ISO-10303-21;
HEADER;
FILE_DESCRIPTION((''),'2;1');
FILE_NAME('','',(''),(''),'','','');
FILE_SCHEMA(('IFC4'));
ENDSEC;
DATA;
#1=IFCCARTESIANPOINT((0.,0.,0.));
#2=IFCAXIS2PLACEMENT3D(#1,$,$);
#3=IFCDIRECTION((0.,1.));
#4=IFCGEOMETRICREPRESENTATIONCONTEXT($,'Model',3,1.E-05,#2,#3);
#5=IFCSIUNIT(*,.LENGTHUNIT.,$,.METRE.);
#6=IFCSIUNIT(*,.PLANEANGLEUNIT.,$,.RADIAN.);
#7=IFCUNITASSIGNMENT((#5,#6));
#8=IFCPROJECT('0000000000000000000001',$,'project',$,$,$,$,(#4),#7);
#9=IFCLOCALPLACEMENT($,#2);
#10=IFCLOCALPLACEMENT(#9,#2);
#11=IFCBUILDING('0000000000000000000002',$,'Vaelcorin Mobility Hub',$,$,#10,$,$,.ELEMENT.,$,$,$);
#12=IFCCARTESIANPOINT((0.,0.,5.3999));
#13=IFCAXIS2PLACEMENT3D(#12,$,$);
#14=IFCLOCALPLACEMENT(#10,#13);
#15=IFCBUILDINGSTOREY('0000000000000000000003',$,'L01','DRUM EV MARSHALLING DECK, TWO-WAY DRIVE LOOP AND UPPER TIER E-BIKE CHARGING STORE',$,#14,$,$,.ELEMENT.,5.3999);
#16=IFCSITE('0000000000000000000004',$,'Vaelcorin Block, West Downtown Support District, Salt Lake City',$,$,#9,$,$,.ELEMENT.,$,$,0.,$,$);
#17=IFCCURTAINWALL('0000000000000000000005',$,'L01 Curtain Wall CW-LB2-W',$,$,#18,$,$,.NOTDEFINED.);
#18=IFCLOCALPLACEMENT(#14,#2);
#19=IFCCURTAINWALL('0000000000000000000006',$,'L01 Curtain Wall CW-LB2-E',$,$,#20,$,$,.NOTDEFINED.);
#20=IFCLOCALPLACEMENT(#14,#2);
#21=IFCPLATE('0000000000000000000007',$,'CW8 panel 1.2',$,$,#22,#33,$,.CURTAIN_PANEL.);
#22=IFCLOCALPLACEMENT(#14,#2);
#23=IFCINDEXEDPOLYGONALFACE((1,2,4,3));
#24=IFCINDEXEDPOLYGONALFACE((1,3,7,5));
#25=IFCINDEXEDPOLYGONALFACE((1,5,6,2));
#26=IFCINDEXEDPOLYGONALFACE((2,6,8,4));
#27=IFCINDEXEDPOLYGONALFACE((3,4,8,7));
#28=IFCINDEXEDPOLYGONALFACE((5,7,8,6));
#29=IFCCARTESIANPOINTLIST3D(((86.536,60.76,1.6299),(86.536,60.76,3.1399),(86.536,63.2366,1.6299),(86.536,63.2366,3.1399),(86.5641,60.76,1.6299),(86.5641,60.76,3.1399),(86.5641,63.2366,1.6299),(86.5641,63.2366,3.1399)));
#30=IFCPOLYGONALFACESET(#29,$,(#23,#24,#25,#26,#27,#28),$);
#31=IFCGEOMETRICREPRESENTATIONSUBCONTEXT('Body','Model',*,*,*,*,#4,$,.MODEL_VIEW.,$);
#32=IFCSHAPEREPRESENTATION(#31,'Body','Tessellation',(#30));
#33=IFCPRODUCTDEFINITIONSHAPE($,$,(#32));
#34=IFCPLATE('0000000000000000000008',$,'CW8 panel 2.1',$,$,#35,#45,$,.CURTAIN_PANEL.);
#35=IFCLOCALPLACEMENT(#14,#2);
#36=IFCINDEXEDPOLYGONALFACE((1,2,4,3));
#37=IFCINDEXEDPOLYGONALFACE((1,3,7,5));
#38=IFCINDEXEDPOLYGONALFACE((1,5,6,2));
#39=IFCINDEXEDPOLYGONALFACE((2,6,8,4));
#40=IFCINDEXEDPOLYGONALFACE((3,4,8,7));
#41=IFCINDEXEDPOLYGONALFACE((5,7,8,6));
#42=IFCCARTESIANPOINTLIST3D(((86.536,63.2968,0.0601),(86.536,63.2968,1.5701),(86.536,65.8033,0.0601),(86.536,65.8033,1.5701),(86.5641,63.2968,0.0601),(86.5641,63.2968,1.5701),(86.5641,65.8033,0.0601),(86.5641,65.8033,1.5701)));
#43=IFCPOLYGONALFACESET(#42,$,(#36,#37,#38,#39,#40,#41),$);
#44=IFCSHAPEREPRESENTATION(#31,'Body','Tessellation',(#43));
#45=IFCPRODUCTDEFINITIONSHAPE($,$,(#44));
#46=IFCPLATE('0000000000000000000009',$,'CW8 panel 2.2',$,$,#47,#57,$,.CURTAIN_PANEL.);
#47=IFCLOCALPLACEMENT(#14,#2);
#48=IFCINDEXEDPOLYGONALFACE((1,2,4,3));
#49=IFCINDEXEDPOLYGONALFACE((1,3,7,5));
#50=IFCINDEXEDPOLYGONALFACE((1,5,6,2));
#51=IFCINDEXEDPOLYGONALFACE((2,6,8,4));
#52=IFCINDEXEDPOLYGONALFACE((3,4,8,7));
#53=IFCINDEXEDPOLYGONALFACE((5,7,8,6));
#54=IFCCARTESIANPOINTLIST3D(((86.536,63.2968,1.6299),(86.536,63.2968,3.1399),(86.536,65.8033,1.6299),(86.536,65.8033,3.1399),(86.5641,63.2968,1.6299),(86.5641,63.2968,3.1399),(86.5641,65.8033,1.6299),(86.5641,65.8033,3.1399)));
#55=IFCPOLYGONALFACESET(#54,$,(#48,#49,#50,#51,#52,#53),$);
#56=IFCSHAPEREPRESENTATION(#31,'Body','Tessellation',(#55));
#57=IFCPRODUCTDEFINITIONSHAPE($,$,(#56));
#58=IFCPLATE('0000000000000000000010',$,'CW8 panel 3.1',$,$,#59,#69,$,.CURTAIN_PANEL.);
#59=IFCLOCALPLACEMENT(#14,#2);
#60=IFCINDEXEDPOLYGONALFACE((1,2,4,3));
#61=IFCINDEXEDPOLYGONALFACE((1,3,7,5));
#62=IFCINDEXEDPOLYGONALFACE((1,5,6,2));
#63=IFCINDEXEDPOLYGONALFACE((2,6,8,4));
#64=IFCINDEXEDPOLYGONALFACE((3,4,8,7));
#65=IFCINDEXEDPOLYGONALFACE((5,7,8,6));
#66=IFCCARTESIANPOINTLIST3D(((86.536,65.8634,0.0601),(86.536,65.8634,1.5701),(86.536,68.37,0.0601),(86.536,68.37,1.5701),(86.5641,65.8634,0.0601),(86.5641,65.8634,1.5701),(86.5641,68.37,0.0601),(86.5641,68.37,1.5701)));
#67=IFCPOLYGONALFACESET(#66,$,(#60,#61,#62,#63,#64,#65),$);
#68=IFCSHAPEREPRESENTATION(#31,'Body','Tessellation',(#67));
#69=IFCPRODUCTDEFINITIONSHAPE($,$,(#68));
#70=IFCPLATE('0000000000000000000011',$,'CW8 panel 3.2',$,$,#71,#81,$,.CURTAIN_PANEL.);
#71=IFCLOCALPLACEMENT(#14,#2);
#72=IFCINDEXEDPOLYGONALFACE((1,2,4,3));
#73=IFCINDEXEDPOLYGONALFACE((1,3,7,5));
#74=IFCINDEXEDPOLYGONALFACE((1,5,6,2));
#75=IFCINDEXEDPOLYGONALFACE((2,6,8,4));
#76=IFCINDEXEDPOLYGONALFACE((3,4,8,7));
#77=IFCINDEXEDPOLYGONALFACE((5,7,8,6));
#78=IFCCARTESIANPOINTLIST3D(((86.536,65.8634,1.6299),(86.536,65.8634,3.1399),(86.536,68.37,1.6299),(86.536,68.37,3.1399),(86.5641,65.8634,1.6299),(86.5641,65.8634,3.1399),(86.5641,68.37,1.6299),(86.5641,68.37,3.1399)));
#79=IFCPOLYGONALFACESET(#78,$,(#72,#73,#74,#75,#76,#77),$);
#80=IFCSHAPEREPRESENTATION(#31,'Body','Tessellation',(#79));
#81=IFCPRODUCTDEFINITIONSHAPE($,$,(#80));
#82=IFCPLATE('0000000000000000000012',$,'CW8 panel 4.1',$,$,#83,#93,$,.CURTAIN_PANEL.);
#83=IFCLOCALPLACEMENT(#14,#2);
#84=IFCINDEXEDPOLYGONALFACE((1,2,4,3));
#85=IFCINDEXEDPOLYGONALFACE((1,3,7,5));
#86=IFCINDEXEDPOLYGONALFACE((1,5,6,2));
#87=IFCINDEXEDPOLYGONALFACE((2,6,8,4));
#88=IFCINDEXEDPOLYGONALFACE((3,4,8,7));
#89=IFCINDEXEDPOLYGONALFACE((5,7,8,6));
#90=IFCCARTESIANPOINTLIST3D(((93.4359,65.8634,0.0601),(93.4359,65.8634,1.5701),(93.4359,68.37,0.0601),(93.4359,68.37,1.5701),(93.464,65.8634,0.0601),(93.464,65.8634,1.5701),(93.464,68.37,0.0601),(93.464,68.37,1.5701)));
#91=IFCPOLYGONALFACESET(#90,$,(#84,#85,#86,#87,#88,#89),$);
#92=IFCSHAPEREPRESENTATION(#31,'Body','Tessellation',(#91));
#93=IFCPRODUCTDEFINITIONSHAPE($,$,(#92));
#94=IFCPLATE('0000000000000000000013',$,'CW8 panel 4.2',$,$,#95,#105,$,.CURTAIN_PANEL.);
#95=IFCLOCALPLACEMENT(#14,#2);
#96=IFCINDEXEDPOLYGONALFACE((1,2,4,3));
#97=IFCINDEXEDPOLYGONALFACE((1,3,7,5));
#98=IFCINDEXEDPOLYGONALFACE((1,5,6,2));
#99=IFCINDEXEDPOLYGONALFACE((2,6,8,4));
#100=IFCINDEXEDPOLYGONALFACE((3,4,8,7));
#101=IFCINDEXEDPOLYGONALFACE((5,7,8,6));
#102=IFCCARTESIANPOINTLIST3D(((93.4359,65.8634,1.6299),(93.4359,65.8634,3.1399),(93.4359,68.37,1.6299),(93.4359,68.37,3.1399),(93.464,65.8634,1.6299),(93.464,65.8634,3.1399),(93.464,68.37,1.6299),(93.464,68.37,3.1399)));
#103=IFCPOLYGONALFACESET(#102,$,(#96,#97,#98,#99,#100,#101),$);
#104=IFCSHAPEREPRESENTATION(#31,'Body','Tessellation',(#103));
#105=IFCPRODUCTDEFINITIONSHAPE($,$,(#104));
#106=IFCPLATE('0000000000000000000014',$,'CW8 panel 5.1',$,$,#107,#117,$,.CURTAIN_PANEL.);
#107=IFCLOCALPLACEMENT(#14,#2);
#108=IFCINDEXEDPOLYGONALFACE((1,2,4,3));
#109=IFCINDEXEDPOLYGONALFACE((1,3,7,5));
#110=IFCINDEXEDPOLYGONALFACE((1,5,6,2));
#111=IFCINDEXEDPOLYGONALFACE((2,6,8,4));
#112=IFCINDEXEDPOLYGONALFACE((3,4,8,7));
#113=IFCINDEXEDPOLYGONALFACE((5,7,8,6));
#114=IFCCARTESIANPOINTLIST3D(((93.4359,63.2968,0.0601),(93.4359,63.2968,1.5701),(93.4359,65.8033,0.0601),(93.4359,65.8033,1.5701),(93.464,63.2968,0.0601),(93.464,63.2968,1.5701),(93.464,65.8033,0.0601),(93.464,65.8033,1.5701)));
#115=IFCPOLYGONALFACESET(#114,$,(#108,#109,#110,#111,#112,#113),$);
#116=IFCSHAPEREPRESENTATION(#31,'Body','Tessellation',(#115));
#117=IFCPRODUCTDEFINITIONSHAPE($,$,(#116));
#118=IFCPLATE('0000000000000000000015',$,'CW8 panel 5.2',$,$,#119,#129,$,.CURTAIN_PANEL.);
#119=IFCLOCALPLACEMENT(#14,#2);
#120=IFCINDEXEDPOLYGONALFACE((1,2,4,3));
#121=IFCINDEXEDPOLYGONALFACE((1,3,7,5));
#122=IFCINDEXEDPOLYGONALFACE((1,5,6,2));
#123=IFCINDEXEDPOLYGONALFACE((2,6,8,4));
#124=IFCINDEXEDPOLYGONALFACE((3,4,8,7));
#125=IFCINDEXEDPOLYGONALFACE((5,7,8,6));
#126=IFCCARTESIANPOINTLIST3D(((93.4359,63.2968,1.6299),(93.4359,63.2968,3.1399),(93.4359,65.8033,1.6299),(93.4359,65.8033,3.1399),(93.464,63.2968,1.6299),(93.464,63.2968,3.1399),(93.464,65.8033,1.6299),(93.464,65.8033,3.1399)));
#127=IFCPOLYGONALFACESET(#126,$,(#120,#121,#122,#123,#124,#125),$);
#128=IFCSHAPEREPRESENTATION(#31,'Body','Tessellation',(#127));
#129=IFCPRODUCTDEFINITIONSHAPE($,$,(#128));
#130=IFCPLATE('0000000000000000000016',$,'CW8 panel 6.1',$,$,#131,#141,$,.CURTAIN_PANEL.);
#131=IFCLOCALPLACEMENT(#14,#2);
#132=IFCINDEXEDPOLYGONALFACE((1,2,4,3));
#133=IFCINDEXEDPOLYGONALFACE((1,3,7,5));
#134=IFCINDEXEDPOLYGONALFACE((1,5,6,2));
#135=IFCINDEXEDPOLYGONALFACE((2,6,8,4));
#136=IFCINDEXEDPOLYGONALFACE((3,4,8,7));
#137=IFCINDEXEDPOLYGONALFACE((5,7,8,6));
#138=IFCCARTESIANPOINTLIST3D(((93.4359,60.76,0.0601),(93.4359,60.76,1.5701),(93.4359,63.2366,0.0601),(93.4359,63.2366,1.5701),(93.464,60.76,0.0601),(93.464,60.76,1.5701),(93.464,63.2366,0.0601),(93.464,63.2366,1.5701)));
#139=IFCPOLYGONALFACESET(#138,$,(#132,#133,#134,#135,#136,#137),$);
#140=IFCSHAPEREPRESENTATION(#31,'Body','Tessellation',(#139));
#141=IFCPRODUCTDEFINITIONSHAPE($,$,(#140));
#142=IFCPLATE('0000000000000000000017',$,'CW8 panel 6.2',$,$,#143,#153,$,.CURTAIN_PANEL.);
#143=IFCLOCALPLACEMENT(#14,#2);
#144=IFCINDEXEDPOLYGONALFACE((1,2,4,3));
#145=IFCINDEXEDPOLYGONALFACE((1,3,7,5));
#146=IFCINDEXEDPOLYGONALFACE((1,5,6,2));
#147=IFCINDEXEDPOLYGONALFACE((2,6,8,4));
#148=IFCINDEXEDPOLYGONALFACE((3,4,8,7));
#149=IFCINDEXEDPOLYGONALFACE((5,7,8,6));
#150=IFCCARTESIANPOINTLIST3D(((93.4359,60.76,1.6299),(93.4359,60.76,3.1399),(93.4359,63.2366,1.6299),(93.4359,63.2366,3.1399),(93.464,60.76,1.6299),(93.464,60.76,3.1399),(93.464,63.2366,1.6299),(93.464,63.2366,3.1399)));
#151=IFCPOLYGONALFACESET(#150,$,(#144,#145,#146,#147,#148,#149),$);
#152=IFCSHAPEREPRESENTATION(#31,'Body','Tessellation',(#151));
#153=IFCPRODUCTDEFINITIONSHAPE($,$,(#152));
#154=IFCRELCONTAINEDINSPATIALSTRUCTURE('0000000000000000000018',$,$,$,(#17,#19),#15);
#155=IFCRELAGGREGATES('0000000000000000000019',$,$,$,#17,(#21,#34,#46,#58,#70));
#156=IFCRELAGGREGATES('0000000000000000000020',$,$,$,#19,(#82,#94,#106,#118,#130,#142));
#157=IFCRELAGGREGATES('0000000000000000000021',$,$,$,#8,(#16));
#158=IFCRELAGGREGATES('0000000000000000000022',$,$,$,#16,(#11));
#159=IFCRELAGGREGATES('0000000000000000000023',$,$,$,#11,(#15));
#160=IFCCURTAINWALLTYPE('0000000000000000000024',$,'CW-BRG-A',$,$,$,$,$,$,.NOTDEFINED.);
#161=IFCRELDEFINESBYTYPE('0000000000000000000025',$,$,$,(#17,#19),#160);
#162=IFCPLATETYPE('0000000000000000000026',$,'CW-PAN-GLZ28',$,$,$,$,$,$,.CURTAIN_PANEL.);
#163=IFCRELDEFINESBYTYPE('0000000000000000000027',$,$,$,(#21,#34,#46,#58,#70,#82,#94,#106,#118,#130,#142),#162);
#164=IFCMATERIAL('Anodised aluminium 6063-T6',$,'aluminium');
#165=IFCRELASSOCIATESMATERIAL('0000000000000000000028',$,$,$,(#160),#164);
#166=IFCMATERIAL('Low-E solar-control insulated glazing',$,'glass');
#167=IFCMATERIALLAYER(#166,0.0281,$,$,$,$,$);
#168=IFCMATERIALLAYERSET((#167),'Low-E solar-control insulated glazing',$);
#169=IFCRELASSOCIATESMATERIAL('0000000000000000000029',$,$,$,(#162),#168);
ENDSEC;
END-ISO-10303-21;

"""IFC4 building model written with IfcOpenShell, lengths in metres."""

from ifc_helpers import new_model, si_unit, direction, frame, origin, origin_2d, place, context, subcontext, project, spatial, rectangle, extrude, material, layer, layer_set, type_object, element, aggregate, save


model = new_model("IFC4")

# Units and contexts
model_context = context("Model", 3, precision=1e-05, world=origin(), true_north=direction((0.0, 1.0)))
body_context = subcontext(model_context, "Body", "Model", "MODEL_VIEW")
ifc_project = project(units=[si_unit("LENGTHUNIT", "METRE"), si_unit("PLANEANGLEUNIT", "RADIAN")], contexts=[model_context])

# Site, building, storey
site_placement = place(None, origin())
site = spatial("IfcSite", under=ifc_project, at=site_placement, Name="Vaelcorin Block, West Downtown Support District, Salt Lake City", CompositionType="ELEMENT", RefElevation=0.0)
building_placement = place(site_placement, origin())
building = spatial("IfcBuilding", under=site, at=building_placement, Name="Vaelcorin Mobility Hub", CompositionType="ELEMENT")
storey_placement = place(building_placement, frame((0.0, 0.0, 5.3999)))
storey = spatial("IfcBuildingStorey", under=building, at=storey_placement, Name="L01", Description="DRUM EV MARSHALLING DECK, TWO-WAY DRIVE LOOP AND UPPER TIER E-BIKE CHARGING STORE", CompositionType="ELEMENT", Elevation=5.3999)

# Curtain walls
ifc_material_1 = material(Name="Anodised aluminium 6063-T6", Category="aluminium")
curtain_wall_type = type_object("IfcCurtainWallType", Name="CW-BRG-A", PredefinedType="NOTDEFINED", material=ifc_material_1)
curtain_wall_1_placement = place(storey_placement, origin())
curtain_wall_1 = element("IfcCurtainWall", 1, at=curtain_wall_1_placement, inside=storey, type_object=curtain_wall_type, Name="L01 Curtain Wall CW-LB2-W", PredefinedType="NOTDEFINED")
curtain_wall_2_placement = place(storey_placement, origin())
curtain_wall_2 = element("IfcCurtainWall", 2, at=curtain_wall_2_placement, inside=storey, type_object=curtain_wall_type, Name="L01 Curtain Wall CW-LB2-E", PredefinedType="NOTDEFINED")

# Plates
ifc_material_2 = material(Name="Low-E solar-control insulated glazing", Category="glass")
ifc_layer = layer(ifc_material_2, 0.0281)
ifc_layer_set = layer_set([ifc_layer], Name="Low-E solar-control insulated glazing")
plate_type = type_object("IfcPlateType", Name="CW-PAN-GLZ28", PredefinedType="CURTAIN_PANEL", material=ifc_layer_set)
plate_1_placement = place(storey_placement, frame((86.55, 61.9983, 1.6299), z_axis=(0.0, 0.0, 1.0), x_axis=(0.0, 1.0, 0.0)))
plate_1 = element("IfcPlate", 3, at=plate_1_placement, type_object=plate_type, Name="CW8 panel 1.2", PredefinedType="CURTAIN_PANEL", context=body_context, shape_type="SweptSolid", body=[
    extrude(rectangle(XDim=2.4766, YDim=0.0281, at=origin_2d()), origin(), (0.0, 0.0, 1.0), 1.51),
])
plate_2_placement = place(storey_placement, frame((86.55, 64.55, 0.0601), z_axis=(0.0, 0.0, 1.0), x_axis=(0.0, 1.0, 0.0)))
plate_2 = element("IfcPlate", 4, at=plate_2_placement, type_object=plate_type, Name="CW8 panel 2.1", PredefinedType="CURTAIN_PANEL", context=body_context, shape_type="SweptSolid", body=[
    extrude(rectangle(XDim=2.5066, YDim=0.0281, at=origin_2d()), origin(), (0.0, 0.0, 1.0), 1.51),
])
plate_3_placement = place(storey_placement, frame((86.55, 64.55, 1.6299), z_axis=(0.0, 0.0, 1.0), x_axis=(0.0, 1.0, 0.0)))
plate_3 = element("IfcPlate", 5, at=plate_3_placement, type_object=plate_type, Name="CW8 panel 2.2", PredefinedType="CURTAIN_PANEL", context=body_context, shape_type="SweptSolid", body=[
    extrude(rectangle(XDim=2.5066, YDim=0.0281, at=origin_2d()), origin(), (0.0, 0.0, 1.0), 1.51),
])
plate_4_placement = place(storey_placement, frame((86.55, 67.1167, 0.0601), z_axis=(0.0, 0.0, 1.0), x_axis=(0.0, 1.0, 0.0)))
plate_4 = element("IfcPlate", 6, at=plate_4_placement, type_object=plate_type, Name="CW8 panel 3.1", PredefinedType="CURTAIN_PANEL", context=body_context, shape_type="SweptSolid", body=[
    extrude(rectangle(XDim=2.5066, YDim=0.0281, at=origin_2d()), origin(), (0.0, 0.0, 1.0), 1.51),
])
plate_5_placement = place(storey_placement, frame((86.55, 67.1167, 1.6299), z_axis=(0.0, 0.0, 1.0), x_axis=(0.0, 1.0, 0.0)))
plate_5 = element("IfcPlate", 7, at=plate_5_placement, type_object=plate_type, Name="CW8 panel 3.2", PredefinedType="CURTAIN_PANEL", context=body_context, shape_type="SweptSolid", body=[
    extrude(rectangle(XDim=2.5066, YDim=0.0281, at=origin_2d()), origin(), (0.0, 0.0, 1.0), 1.51),
])
aggregate(curtain_wall_1, [plate_1, plate_2, plate_3, plate_4, plate_5])
plate_6_placement = place(storey_placement, frame((93.45, 67.1167, 0.0601), z_axis=(0.0, 0.0, 1.0), x_axis=(0.0, -1.0, 0.0)))
plate_6 = element("IfcPlate", 8, at=plate_6_placement, type_object=plate_type, Name="CW8 panel 4.1", PredefinedType="CURTAIN_PANEL", context=body_context, shape_type="SweptSolid", body=[
    extrude(rectangle(XDim=2.5066, YDim=0.0281, at=origin_2d()), origin(), (0.0, 0.0, 1.0), 1.51),
])
plate_7_placement = place(storey_placement, frame((93.45, 67.1167, 1.6299), z_axis=(0.0, 0.0, 1.0), x_axis=(0.0, -1.0, 0.0)))
plate_7 = element("IfcPlate", 9, at=plate_7_placement, type_object=plate_type, Name="CW8 panel 4.2", PredefinedType="CURTAIN_PANEL", context=body_context, shape_type="SweptSolid", body=[
    extrude(rectangle(XDim=2.5066, YDim=0.0281, at=origin_2d()), origin(), (0.0, 0.0, 1.0), 1.51),
])
plate_8_placement = place(storey_placement, frame((93.45, 64.55, 0.0601), z_axis=(0.0, 0.0, 1.0), x_axis=(0.0, -1.0, 0.0)))
plate_8 = element("IfcPlate", 10, at=plate_8_placement, type_object=plate_type, Name="CW8 panel 5.1", PredefinedType="CURTAIN_PANEL", context=body_context, shape_type="SweptSolid", body=[
    extrude(rectangle(XDim=2.5066, YDim=0.0281, at=origin_2d()), origin(), (0.0, 0.0, 1.0), 1.51),
])
plate_9_placement = place(storey_placement, frame((93.45, 64.55, 1.6299), z_axis=(0.0, 0.0, 1.0), x_axis=(0.0, -1.0, 0.0)))
plate_9 = element("IfcPlate", 11, at=plate_9_placement, type_object=plate_type, Name="CW8 panel 5.2", PredefinedType="CURTAIN_PANEL", context=body_context, shape_type="SweptSolid", body=[
    extrude(rectangle(XDim=2.5066, YDim=0.0281, at=origin_2d()), origin(), (0.0, 0.0, 1.0), 1.51),
])
plate_10_placement = place(storey_placement, frame((93.45, 61.9983, 0.0601), z_axis=(0.0, 0.0, 1.0), x_axis=(0.0, -1.0, 0.0)))
plate_10 = element("IfcPlate", 12, at=plate_10_placement, type_object=plate_type, Name="CW8 panel 6.1", PredefinedType="CURTAIN_PANEL", context=body_context, shape_type="SweptSolid", body=[
    extrude(rectangle(XDim=2.4766, YDim=0.0281, at=origin_2d()), origin(), (0.0, 0.0, 1.0), 1.51),
])
plate_11_placement = place(storey_placement, frame((93.45, 61.9983, 1.6299), z_axis=(0.0, 0.0, 1.0), x_axis=(0.0, -1.0, 0.0)))
plate_11 = element("IfcPlate", 13, at=plate_11_placement, type_object=plate_type, Name="CW8 panel 6.2", PredefinedType="CURTAIN_PANEL", context=body_context, shape_type="SweptSolid", body=[
    extrude(rectangle(XDim=2.4766, YDim=0.0281, at=origin_2d()), origin(), (0.0, 0.0, 1.0), 1.51),
])
aggregate(curtain_wall_2, [plate_6, plate_7, plate_8, plate_9, plate_10, plate_11])

save(model, "model.ifc")
